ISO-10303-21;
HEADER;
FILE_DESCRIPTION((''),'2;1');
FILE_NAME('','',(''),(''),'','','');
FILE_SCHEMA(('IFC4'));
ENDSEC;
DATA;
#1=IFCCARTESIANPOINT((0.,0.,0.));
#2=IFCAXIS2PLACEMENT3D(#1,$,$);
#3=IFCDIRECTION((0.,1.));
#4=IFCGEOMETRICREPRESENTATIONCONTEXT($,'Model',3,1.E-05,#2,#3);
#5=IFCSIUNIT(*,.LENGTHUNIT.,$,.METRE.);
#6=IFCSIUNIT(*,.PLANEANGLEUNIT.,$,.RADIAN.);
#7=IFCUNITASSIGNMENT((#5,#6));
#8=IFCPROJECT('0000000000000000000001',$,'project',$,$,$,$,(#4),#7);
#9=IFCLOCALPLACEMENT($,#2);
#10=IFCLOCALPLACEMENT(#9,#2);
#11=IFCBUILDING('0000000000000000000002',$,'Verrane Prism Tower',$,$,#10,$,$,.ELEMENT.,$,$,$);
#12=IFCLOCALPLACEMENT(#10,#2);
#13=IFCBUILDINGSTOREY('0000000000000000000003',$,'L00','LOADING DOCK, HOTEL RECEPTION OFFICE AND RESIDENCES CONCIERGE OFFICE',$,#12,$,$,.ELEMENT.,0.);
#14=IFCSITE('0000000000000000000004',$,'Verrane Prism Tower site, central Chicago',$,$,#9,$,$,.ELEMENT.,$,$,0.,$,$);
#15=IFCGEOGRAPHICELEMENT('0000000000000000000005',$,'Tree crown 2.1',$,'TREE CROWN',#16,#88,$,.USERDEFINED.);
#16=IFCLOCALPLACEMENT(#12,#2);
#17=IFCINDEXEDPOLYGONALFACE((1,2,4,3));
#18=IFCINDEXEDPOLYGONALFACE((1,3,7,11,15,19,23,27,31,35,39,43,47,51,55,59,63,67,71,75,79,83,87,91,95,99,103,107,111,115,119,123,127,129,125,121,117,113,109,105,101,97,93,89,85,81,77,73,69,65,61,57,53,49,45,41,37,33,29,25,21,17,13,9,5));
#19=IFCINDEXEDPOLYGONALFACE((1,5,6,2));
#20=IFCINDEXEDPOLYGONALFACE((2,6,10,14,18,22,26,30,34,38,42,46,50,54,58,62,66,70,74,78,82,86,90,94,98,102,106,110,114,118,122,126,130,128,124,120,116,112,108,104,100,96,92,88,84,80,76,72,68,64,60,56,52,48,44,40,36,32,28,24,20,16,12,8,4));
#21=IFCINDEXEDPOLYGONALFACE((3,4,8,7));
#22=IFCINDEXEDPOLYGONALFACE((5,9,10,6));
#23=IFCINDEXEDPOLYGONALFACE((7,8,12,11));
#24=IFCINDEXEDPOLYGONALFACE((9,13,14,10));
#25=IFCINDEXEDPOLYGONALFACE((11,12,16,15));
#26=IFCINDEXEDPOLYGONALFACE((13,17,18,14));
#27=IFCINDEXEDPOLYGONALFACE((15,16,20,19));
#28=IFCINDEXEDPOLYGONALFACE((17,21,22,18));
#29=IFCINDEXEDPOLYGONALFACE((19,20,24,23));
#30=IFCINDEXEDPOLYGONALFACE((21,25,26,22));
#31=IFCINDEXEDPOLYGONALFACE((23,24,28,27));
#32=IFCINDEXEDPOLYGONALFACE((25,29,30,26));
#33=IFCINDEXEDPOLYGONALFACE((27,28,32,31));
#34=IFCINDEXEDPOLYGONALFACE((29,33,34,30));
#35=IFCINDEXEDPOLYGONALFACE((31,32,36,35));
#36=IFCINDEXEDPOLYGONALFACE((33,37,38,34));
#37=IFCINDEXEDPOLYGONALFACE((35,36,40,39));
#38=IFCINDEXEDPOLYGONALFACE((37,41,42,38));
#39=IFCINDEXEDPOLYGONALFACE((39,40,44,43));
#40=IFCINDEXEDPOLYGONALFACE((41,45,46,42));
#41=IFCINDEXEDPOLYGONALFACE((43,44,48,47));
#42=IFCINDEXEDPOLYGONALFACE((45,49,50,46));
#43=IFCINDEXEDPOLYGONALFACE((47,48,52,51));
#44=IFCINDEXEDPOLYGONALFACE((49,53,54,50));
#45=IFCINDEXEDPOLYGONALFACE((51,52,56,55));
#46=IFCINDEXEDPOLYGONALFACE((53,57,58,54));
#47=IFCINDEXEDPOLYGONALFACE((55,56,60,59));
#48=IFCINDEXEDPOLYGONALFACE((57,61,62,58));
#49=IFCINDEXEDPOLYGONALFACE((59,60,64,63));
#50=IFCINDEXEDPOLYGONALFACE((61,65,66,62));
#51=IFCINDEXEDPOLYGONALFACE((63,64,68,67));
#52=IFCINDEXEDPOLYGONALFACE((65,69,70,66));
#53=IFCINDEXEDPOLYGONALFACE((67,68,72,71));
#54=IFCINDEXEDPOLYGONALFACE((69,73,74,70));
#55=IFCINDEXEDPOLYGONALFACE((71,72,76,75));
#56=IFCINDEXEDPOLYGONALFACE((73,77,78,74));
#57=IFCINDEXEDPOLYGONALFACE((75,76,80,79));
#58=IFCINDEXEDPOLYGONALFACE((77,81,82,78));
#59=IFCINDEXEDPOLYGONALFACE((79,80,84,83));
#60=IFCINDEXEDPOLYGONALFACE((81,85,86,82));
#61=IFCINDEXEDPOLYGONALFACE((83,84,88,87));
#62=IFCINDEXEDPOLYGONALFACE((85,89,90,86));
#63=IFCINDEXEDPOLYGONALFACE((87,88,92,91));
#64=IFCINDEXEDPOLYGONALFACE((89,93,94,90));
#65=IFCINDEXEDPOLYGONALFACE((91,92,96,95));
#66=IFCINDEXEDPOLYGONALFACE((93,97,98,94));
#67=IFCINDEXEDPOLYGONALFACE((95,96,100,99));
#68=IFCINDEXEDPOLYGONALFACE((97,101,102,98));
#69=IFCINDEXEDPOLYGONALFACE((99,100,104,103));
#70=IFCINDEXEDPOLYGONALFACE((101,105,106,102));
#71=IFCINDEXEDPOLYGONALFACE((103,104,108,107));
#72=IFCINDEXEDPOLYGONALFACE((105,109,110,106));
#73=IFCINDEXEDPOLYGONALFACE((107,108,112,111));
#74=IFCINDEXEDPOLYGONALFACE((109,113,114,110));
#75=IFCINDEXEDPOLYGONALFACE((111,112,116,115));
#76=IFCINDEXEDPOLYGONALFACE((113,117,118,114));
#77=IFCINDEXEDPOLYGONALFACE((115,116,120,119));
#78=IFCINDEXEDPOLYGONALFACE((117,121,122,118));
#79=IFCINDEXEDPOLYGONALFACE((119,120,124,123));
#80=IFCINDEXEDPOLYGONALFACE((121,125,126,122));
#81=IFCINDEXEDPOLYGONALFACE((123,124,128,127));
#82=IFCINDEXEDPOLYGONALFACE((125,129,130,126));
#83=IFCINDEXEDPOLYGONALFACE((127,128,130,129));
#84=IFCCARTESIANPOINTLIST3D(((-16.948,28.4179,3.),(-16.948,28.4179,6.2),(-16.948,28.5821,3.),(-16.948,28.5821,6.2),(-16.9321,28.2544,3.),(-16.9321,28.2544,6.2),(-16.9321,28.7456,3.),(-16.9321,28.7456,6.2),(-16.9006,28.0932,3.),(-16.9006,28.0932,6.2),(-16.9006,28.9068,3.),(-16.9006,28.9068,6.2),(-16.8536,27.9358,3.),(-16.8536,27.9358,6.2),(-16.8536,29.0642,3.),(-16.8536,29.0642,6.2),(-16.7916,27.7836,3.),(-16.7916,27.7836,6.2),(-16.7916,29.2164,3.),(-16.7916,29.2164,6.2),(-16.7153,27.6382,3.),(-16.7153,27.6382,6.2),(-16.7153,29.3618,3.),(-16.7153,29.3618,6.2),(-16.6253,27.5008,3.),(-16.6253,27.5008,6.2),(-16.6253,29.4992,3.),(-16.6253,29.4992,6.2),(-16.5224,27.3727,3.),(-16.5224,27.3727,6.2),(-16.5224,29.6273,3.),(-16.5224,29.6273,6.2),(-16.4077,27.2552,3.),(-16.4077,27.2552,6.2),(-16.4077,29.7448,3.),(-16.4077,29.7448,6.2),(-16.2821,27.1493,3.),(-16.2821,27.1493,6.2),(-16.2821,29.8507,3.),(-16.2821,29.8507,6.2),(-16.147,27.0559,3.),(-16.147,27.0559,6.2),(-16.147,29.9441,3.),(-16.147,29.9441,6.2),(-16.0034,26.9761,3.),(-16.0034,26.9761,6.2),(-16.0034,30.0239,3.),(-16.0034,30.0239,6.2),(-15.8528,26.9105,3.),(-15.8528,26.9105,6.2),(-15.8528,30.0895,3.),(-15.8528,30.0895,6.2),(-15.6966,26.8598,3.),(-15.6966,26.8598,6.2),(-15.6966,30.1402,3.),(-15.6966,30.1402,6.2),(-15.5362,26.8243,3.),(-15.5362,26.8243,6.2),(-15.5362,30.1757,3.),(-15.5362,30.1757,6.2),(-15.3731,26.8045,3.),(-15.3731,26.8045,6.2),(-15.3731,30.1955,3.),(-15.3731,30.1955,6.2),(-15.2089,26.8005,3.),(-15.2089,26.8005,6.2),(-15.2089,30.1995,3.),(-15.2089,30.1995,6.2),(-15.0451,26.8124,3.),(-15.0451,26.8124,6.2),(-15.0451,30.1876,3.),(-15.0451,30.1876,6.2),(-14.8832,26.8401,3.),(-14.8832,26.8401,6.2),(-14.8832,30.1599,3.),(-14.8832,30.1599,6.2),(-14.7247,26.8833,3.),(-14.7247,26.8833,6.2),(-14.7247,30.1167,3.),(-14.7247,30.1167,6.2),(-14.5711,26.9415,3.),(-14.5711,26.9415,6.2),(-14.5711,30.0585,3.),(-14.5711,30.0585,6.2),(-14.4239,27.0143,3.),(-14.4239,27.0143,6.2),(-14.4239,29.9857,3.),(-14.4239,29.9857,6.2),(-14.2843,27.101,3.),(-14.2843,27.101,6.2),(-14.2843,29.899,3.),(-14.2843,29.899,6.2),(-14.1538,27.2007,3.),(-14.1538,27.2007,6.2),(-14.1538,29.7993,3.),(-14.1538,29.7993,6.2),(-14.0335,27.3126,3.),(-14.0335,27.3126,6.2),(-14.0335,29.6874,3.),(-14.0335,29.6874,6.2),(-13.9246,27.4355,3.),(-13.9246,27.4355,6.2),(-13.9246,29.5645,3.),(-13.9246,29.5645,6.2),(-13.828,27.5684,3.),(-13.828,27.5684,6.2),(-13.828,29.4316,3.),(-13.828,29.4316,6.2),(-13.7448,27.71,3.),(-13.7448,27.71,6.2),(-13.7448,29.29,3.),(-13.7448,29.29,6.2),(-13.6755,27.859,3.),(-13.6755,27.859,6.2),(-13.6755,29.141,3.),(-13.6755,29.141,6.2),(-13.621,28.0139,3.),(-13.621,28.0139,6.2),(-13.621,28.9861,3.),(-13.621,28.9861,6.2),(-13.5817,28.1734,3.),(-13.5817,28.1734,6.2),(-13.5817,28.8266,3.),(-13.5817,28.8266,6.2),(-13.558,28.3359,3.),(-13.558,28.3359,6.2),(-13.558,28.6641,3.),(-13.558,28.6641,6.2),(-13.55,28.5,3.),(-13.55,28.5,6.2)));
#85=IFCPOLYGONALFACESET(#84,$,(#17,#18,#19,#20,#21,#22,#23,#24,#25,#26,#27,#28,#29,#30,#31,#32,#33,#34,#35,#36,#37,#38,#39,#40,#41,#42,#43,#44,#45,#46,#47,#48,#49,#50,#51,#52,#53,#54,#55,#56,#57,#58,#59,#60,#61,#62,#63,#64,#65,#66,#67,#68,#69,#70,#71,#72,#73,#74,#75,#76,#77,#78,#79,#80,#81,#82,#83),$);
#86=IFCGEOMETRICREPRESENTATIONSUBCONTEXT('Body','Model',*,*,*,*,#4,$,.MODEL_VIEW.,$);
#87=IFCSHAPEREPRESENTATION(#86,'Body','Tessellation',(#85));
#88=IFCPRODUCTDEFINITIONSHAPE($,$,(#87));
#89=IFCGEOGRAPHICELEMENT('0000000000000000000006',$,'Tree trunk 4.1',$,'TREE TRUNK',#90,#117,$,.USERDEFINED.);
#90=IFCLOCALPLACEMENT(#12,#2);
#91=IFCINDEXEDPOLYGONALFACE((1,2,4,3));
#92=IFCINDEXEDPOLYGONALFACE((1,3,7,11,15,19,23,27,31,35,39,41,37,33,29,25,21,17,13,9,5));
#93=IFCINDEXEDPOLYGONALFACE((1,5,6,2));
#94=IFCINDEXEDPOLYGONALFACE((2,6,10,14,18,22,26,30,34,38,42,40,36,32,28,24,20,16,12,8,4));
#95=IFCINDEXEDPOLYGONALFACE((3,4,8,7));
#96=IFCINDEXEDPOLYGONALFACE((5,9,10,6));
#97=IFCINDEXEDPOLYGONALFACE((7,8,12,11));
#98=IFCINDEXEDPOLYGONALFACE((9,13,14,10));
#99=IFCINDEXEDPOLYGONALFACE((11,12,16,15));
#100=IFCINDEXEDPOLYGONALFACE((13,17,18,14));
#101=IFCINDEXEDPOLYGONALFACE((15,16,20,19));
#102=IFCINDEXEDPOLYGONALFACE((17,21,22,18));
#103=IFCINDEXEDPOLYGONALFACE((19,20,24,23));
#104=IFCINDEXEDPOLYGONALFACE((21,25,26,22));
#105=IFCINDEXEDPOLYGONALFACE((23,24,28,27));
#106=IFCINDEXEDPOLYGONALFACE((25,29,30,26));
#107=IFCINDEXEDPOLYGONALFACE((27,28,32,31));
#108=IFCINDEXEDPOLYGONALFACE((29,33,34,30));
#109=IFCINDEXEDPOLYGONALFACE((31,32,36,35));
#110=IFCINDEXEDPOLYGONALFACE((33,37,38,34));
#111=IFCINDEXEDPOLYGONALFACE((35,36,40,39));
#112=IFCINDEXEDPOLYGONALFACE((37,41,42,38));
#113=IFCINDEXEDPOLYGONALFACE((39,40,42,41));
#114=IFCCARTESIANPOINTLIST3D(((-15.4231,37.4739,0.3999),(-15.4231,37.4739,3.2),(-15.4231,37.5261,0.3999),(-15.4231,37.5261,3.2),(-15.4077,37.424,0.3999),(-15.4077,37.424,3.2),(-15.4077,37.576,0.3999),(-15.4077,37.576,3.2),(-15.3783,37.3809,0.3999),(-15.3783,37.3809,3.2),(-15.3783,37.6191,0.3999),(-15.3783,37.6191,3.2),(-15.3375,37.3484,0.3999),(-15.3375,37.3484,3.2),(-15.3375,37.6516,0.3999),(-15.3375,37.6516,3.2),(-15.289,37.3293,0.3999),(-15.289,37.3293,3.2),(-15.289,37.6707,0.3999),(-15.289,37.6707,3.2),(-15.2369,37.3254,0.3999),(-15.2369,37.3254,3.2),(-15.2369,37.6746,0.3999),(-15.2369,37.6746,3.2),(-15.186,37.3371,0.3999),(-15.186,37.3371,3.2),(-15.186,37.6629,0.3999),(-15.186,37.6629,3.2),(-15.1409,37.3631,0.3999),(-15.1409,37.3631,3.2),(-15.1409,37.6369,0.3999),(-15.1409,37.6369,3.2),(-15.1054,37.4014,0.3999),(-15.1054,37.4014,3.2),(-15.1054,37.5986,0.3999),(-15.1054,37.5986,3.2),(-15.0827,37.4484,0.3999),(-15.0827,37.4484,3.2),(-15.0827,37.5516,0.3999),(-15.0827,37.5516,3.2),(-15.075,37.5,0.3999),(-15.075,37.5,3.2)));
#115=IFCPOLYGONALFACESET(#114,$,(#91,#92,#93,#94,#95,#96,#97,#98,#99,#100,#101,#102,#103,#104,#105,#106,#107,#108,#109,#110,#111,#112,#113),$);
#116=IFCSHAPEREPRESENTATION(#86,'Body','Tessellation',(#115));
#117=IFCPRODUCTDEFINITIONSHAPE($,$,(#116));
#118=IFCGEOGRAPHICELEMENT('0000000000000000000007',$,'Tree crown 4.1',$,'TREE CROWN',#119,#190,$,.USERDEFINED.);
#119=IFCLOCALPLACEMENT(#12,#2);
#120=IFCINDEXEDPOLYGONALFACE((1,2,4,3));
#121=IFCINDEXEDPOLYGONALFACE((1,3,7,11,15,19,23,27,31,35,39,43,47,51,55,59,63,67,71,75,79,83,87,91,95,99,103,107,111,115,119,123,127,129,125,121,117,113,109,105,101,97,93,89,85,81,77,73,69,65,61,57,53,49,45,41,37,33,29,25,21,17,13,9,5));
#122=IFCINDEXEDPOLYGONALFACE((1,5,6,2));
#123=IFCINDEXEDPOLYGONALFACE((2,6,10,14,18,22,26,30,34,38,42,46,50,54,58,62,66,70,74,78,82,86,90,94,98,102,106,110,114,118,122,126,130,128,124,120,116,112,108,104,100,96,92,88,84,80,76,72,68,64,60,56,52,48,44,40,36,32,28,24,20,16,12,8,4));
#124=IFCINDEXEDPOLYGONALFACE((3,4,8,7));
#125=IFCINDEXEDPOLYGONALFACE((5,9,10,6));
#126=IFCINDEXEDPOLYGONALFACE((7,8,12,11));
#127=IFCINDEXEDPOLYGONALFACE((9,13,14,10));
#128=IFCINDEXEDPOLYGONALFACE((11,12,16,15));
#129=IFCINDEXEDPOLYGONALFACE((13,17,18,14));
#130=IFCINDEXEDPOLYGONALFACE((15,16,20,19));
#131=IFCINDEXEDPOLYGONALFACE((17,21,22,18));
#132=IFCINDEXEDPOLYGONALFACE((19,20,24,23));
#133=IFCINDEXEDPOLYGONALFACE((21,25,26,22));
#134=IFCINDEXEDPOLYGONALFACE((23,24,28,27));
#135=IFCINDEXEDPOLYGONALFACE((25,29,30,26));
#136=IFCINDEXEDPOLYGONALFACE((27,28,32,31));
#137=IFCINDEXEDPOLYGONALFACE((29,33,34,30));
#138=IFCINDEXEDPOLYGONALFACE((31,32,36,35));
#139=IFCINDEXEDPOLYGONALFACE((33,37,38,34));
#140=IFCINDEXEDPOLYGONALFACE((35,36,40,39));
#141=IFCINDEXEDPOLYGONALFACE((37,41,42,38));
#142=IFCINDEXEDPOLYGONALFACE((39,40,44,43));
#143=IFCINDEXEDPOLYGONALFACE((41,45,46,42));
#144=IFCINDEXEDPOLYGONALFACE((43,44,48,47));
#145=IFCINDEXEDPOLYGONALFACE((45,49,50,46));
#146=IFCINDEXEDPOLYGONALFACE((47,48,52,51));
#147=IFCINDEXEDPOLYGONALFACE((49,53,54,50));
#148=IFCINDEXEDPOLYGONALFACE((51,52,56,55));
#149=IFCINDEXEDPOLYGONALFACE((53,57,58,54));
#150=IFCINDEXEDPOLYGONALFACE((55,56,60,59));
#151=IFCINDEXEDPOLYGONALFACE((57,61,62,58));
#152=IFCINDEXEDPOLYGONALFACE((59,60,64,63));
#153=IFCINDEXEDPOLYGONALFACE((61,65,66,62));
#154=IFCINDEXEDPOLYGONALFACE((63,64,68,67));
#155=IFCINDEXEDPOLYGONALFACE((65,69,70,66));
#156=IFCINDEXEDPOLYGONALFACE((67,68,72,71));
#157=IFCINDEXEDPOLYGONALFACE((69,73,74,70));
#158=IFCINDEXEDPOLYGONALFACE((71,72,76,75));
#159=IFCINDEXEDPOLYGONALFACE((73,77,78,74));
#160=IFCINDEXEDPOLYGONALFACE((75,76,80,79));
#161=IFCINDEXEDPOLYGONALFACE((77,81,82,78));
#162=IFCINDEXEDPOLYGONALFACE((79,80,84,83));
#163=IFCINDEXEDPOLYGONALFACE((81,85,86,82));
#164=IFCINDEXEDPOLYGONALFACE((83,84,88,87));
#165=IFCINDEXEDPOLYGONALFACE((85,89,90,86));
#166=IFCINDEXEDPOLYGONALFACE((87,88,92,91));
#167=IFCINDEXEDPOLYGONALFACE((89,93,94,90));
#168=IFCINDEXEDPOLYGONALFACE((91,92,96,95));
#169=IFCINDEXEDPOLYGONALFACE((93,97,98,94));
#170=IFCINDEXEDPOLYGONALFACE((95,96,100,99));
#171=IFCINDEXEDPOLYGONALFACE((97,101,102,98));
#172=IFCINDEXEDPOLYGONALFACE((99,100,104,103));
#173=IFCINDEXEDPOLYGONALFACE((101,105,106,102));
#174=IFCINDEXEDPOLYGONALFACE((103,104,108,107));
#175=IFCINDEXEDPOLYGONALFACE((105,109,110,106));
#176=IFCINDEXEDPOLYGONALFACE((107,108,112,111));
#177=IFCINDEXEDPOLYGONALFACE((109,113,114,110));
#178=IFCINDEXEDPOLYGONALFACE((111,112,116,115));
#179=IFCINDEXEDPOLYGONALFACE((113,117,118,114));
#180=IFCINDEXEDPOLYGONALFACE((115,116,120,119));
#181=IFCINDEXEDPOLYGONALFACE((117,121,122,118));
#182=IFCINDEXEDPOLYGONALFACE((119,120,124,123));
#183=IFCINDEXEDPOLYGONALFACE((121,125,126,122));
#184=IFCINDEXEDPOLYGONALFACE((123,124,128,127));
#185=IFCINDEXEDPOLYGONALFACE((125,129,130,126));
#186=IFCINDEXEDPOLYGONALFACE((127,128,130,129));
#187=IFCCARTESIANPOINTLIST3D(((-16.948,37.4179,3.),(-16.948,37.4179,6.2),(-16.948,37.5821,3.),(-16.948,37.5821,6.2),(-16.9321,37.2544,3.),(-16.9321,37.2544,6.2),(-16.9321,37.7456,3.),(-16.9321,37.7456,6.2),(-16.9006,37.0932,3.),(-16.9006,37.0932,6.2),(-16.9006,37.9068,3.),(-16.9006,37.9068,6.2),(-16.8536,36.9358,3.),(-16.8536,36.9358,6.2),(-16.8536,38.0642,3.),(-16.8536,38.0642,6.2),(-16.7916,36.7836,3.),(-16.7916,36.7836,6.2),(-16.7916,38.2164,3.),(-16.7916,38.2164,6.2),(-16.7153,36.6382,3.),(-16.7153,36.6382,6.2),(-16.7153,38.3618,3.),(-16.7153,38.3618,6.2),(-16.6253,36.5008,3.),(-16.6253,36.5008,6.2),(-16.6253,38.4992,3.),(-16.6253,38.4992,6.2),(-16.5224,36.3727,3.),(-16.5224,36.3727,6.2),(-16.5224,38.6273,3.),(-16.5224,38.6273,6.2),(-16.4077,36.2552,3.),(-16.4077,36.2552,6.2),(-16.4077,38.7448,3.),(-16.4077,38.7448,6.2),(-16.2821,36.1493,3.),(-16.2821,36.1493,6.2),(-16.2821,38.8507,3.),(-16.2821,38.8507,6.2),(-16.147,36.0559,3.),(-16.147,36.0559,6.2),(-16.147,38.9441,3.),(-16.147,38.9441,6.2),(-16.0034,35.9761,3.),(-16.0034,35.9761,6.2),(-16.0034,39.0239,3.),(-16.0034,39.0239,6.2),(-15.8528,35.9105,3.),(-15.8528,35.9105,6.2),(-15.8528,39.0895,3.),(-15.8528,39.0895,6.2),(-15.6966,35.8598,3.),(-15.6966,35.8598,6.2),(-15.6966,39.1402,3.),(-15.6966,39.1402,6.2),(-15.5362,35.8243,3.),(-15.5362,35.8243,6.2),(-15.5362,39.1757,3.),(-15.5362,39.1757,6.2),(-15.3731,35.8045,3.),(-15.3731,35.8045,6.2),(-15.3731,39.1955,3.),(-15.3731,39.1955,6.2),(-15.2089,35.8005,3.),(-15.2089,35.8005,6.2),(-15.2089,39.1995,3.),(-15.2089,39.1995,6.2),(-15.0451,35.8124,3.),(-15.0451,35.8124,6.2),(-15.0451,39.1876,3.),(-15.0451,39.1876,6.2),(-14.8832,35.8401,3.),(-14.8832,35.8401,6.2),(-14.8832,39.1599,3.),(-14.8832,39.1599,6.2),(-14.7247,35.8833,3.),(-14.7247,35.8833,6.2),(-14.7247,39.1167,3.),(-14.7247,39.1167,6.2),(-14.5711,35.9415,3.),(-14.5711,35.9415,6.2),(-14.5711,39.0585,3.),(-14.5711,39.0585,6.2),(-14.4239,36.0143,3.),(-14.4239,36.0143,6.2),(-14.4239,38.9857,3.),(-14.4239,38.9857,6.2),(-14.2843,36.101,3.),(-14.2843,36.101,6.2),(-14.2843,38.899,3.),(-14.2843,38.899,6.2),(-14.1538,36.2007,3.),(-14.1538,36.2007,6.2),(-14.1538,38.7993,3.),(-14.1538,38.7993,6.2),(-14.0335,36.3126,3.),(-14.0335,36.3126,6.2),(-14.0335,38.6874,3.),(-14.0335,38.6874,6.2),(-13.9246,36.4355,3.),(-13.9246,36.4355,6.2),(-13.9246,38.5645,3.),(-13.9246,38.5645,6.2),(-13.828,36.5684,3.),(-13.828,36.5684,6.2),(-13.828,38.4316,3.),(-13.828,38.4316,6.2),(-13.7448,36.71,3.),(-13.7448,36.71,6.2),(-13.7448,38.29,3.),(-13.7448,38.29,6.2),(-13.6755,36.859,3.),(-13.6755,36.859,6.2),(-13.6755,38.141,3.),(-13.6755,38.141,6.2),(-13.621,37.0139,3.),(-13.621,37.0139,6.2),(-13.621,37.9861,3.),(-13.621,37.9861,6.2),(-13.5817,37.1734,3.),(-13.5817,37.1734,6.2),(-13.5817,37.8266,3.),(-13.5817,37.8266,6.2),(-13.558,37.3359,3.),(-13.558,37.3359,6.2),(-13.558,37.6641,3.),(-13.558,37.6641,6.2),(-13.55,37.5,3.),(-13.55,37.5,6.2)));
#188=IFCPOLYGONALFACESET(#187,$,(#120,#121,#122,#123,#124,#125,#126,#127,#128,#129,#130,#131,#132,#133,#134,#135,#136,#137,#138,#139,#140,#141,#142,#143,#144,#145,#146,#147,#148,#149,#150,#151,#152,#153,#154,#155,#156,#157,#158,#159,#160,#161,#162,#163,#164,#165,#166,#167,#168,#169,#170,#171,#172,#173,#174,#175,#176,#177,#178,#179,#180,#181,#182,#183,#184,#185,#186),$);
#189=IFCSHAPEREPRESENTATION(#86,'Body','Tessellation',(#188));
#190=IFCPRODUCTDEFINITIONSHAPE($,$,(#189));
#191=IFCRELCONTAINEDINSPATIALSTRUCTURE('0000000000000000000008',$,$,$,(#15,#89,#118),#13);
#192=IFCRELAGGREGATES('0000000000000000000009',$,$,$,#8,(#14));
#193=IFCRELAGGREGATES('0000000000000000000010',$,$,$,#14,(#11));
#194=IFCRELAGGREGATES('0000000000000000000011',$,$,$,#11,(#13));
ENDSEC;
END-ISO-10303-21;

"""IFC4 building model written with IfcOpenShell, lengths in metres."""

from ifc_helpers import new_model, si_unit, direction, frame, origin, origin_2d, place, context, subcontext, project, spatial, circle, extrude, element, save


model = new_model("IFC4")

# Units and contexts
model_context = context("Model", 3, precision=1e-05, world=origin(), true_north=direction((0.0, 1.0)))
body_context = subcontext(model_context, "Body", "Model", "MODEL_VIEW")
ifc_project = project(units=[si_unit("LENGTHUNIT", "METRE"), si_unit("PLANEANGLEUNIT", "RADIAN")], contexts=[model_context])

# Site, building, storey
site_placement = place(None, origin())
site = spatial("IfcSite", under=ifc_project, at=site_placement, Name="Verrane Prism Tower site, central Chicago", CompositionType="ELEMENT", RefElevation=0.0)
building_placement = place(site_placement, origin())
building = spatial("IfcBuilding", under=site, at=building_placement, Name="Verrane Prism Tower", CompositionType="ELEMENT")
storey_placement = place(building_placement, origin())
storey = spatial("IfcBuildingStorey", under=building, at=storey_placement, Name="L00", Description="LOADING DOCK, HOTEL RECEPTION OFFICE AND RESIDENCES CONCIERGE OFFICE", CompositionType="ELEMENT", Elevation=0.0)

# Geographic elements
geographic_element_1_placement = place(storey_placement, frame((-15.25, 28.5, 6.2), z_axis=(0.0, 0.0, -1.0), x_axis=(1.0, 0.0, 0.0)))
element("IfcGeographicElement", 1, at=geographic_element_1_placement, inside=storey, Name="Tree crown 2.1", ObjectType="TREE CROWN", PredefinedType="USERDEFINED", context=body_context, shape_type="SweptSolid", body=[
    extrude(circle(Radius=1.7, at=origin_2d()), origin(), (0.0, 0.0, 1.0), 3.2),
])
geographic_element_2_placement = place(storey_placement, frame((-15.25, 37.5, 3.2), z_axis=(0.0, 0.0, -1.0), x_axis=(1.0, 0.0, 0.0)))
element("IfcGeographicElement", 2, at=geographic_element_2_placement, inside=storey, Name="Tree trunk 4.1", ObjectType="TREE TRUNK", PredefinedType="USERDEFINED", context=body_context, shape_type="SweptSolid", body=[
    extrude(circle(Radius=0.175, at=origin_2d()), origin(), (0.0, 0.0, 1.0), 2.8),
])
for number, where, z_axis, x_axis, name in (
    (3, (-15.25, 37.5, 6.2), (0.0, 0.0, -1.0), (1.0, 0.0, 0.0), "Tree crown 4.1"),
):
    element("IfcGeographicElement", number, at=place(storey_placement, frame(where, z_axis=z_axis, x_axis=x_axis)), inside=storey, Name=name, ObjectType="TREE CROWN", PredefinedType="USERDEFINED", context=body_context, shape_type="SweptSolid", body=[
        extrude(circle(Radius=1.7, at=origin_2d()), origin(), (0.0, 0.0, 1.0), 3.2),
    ])

save(model, "model.ifc")
